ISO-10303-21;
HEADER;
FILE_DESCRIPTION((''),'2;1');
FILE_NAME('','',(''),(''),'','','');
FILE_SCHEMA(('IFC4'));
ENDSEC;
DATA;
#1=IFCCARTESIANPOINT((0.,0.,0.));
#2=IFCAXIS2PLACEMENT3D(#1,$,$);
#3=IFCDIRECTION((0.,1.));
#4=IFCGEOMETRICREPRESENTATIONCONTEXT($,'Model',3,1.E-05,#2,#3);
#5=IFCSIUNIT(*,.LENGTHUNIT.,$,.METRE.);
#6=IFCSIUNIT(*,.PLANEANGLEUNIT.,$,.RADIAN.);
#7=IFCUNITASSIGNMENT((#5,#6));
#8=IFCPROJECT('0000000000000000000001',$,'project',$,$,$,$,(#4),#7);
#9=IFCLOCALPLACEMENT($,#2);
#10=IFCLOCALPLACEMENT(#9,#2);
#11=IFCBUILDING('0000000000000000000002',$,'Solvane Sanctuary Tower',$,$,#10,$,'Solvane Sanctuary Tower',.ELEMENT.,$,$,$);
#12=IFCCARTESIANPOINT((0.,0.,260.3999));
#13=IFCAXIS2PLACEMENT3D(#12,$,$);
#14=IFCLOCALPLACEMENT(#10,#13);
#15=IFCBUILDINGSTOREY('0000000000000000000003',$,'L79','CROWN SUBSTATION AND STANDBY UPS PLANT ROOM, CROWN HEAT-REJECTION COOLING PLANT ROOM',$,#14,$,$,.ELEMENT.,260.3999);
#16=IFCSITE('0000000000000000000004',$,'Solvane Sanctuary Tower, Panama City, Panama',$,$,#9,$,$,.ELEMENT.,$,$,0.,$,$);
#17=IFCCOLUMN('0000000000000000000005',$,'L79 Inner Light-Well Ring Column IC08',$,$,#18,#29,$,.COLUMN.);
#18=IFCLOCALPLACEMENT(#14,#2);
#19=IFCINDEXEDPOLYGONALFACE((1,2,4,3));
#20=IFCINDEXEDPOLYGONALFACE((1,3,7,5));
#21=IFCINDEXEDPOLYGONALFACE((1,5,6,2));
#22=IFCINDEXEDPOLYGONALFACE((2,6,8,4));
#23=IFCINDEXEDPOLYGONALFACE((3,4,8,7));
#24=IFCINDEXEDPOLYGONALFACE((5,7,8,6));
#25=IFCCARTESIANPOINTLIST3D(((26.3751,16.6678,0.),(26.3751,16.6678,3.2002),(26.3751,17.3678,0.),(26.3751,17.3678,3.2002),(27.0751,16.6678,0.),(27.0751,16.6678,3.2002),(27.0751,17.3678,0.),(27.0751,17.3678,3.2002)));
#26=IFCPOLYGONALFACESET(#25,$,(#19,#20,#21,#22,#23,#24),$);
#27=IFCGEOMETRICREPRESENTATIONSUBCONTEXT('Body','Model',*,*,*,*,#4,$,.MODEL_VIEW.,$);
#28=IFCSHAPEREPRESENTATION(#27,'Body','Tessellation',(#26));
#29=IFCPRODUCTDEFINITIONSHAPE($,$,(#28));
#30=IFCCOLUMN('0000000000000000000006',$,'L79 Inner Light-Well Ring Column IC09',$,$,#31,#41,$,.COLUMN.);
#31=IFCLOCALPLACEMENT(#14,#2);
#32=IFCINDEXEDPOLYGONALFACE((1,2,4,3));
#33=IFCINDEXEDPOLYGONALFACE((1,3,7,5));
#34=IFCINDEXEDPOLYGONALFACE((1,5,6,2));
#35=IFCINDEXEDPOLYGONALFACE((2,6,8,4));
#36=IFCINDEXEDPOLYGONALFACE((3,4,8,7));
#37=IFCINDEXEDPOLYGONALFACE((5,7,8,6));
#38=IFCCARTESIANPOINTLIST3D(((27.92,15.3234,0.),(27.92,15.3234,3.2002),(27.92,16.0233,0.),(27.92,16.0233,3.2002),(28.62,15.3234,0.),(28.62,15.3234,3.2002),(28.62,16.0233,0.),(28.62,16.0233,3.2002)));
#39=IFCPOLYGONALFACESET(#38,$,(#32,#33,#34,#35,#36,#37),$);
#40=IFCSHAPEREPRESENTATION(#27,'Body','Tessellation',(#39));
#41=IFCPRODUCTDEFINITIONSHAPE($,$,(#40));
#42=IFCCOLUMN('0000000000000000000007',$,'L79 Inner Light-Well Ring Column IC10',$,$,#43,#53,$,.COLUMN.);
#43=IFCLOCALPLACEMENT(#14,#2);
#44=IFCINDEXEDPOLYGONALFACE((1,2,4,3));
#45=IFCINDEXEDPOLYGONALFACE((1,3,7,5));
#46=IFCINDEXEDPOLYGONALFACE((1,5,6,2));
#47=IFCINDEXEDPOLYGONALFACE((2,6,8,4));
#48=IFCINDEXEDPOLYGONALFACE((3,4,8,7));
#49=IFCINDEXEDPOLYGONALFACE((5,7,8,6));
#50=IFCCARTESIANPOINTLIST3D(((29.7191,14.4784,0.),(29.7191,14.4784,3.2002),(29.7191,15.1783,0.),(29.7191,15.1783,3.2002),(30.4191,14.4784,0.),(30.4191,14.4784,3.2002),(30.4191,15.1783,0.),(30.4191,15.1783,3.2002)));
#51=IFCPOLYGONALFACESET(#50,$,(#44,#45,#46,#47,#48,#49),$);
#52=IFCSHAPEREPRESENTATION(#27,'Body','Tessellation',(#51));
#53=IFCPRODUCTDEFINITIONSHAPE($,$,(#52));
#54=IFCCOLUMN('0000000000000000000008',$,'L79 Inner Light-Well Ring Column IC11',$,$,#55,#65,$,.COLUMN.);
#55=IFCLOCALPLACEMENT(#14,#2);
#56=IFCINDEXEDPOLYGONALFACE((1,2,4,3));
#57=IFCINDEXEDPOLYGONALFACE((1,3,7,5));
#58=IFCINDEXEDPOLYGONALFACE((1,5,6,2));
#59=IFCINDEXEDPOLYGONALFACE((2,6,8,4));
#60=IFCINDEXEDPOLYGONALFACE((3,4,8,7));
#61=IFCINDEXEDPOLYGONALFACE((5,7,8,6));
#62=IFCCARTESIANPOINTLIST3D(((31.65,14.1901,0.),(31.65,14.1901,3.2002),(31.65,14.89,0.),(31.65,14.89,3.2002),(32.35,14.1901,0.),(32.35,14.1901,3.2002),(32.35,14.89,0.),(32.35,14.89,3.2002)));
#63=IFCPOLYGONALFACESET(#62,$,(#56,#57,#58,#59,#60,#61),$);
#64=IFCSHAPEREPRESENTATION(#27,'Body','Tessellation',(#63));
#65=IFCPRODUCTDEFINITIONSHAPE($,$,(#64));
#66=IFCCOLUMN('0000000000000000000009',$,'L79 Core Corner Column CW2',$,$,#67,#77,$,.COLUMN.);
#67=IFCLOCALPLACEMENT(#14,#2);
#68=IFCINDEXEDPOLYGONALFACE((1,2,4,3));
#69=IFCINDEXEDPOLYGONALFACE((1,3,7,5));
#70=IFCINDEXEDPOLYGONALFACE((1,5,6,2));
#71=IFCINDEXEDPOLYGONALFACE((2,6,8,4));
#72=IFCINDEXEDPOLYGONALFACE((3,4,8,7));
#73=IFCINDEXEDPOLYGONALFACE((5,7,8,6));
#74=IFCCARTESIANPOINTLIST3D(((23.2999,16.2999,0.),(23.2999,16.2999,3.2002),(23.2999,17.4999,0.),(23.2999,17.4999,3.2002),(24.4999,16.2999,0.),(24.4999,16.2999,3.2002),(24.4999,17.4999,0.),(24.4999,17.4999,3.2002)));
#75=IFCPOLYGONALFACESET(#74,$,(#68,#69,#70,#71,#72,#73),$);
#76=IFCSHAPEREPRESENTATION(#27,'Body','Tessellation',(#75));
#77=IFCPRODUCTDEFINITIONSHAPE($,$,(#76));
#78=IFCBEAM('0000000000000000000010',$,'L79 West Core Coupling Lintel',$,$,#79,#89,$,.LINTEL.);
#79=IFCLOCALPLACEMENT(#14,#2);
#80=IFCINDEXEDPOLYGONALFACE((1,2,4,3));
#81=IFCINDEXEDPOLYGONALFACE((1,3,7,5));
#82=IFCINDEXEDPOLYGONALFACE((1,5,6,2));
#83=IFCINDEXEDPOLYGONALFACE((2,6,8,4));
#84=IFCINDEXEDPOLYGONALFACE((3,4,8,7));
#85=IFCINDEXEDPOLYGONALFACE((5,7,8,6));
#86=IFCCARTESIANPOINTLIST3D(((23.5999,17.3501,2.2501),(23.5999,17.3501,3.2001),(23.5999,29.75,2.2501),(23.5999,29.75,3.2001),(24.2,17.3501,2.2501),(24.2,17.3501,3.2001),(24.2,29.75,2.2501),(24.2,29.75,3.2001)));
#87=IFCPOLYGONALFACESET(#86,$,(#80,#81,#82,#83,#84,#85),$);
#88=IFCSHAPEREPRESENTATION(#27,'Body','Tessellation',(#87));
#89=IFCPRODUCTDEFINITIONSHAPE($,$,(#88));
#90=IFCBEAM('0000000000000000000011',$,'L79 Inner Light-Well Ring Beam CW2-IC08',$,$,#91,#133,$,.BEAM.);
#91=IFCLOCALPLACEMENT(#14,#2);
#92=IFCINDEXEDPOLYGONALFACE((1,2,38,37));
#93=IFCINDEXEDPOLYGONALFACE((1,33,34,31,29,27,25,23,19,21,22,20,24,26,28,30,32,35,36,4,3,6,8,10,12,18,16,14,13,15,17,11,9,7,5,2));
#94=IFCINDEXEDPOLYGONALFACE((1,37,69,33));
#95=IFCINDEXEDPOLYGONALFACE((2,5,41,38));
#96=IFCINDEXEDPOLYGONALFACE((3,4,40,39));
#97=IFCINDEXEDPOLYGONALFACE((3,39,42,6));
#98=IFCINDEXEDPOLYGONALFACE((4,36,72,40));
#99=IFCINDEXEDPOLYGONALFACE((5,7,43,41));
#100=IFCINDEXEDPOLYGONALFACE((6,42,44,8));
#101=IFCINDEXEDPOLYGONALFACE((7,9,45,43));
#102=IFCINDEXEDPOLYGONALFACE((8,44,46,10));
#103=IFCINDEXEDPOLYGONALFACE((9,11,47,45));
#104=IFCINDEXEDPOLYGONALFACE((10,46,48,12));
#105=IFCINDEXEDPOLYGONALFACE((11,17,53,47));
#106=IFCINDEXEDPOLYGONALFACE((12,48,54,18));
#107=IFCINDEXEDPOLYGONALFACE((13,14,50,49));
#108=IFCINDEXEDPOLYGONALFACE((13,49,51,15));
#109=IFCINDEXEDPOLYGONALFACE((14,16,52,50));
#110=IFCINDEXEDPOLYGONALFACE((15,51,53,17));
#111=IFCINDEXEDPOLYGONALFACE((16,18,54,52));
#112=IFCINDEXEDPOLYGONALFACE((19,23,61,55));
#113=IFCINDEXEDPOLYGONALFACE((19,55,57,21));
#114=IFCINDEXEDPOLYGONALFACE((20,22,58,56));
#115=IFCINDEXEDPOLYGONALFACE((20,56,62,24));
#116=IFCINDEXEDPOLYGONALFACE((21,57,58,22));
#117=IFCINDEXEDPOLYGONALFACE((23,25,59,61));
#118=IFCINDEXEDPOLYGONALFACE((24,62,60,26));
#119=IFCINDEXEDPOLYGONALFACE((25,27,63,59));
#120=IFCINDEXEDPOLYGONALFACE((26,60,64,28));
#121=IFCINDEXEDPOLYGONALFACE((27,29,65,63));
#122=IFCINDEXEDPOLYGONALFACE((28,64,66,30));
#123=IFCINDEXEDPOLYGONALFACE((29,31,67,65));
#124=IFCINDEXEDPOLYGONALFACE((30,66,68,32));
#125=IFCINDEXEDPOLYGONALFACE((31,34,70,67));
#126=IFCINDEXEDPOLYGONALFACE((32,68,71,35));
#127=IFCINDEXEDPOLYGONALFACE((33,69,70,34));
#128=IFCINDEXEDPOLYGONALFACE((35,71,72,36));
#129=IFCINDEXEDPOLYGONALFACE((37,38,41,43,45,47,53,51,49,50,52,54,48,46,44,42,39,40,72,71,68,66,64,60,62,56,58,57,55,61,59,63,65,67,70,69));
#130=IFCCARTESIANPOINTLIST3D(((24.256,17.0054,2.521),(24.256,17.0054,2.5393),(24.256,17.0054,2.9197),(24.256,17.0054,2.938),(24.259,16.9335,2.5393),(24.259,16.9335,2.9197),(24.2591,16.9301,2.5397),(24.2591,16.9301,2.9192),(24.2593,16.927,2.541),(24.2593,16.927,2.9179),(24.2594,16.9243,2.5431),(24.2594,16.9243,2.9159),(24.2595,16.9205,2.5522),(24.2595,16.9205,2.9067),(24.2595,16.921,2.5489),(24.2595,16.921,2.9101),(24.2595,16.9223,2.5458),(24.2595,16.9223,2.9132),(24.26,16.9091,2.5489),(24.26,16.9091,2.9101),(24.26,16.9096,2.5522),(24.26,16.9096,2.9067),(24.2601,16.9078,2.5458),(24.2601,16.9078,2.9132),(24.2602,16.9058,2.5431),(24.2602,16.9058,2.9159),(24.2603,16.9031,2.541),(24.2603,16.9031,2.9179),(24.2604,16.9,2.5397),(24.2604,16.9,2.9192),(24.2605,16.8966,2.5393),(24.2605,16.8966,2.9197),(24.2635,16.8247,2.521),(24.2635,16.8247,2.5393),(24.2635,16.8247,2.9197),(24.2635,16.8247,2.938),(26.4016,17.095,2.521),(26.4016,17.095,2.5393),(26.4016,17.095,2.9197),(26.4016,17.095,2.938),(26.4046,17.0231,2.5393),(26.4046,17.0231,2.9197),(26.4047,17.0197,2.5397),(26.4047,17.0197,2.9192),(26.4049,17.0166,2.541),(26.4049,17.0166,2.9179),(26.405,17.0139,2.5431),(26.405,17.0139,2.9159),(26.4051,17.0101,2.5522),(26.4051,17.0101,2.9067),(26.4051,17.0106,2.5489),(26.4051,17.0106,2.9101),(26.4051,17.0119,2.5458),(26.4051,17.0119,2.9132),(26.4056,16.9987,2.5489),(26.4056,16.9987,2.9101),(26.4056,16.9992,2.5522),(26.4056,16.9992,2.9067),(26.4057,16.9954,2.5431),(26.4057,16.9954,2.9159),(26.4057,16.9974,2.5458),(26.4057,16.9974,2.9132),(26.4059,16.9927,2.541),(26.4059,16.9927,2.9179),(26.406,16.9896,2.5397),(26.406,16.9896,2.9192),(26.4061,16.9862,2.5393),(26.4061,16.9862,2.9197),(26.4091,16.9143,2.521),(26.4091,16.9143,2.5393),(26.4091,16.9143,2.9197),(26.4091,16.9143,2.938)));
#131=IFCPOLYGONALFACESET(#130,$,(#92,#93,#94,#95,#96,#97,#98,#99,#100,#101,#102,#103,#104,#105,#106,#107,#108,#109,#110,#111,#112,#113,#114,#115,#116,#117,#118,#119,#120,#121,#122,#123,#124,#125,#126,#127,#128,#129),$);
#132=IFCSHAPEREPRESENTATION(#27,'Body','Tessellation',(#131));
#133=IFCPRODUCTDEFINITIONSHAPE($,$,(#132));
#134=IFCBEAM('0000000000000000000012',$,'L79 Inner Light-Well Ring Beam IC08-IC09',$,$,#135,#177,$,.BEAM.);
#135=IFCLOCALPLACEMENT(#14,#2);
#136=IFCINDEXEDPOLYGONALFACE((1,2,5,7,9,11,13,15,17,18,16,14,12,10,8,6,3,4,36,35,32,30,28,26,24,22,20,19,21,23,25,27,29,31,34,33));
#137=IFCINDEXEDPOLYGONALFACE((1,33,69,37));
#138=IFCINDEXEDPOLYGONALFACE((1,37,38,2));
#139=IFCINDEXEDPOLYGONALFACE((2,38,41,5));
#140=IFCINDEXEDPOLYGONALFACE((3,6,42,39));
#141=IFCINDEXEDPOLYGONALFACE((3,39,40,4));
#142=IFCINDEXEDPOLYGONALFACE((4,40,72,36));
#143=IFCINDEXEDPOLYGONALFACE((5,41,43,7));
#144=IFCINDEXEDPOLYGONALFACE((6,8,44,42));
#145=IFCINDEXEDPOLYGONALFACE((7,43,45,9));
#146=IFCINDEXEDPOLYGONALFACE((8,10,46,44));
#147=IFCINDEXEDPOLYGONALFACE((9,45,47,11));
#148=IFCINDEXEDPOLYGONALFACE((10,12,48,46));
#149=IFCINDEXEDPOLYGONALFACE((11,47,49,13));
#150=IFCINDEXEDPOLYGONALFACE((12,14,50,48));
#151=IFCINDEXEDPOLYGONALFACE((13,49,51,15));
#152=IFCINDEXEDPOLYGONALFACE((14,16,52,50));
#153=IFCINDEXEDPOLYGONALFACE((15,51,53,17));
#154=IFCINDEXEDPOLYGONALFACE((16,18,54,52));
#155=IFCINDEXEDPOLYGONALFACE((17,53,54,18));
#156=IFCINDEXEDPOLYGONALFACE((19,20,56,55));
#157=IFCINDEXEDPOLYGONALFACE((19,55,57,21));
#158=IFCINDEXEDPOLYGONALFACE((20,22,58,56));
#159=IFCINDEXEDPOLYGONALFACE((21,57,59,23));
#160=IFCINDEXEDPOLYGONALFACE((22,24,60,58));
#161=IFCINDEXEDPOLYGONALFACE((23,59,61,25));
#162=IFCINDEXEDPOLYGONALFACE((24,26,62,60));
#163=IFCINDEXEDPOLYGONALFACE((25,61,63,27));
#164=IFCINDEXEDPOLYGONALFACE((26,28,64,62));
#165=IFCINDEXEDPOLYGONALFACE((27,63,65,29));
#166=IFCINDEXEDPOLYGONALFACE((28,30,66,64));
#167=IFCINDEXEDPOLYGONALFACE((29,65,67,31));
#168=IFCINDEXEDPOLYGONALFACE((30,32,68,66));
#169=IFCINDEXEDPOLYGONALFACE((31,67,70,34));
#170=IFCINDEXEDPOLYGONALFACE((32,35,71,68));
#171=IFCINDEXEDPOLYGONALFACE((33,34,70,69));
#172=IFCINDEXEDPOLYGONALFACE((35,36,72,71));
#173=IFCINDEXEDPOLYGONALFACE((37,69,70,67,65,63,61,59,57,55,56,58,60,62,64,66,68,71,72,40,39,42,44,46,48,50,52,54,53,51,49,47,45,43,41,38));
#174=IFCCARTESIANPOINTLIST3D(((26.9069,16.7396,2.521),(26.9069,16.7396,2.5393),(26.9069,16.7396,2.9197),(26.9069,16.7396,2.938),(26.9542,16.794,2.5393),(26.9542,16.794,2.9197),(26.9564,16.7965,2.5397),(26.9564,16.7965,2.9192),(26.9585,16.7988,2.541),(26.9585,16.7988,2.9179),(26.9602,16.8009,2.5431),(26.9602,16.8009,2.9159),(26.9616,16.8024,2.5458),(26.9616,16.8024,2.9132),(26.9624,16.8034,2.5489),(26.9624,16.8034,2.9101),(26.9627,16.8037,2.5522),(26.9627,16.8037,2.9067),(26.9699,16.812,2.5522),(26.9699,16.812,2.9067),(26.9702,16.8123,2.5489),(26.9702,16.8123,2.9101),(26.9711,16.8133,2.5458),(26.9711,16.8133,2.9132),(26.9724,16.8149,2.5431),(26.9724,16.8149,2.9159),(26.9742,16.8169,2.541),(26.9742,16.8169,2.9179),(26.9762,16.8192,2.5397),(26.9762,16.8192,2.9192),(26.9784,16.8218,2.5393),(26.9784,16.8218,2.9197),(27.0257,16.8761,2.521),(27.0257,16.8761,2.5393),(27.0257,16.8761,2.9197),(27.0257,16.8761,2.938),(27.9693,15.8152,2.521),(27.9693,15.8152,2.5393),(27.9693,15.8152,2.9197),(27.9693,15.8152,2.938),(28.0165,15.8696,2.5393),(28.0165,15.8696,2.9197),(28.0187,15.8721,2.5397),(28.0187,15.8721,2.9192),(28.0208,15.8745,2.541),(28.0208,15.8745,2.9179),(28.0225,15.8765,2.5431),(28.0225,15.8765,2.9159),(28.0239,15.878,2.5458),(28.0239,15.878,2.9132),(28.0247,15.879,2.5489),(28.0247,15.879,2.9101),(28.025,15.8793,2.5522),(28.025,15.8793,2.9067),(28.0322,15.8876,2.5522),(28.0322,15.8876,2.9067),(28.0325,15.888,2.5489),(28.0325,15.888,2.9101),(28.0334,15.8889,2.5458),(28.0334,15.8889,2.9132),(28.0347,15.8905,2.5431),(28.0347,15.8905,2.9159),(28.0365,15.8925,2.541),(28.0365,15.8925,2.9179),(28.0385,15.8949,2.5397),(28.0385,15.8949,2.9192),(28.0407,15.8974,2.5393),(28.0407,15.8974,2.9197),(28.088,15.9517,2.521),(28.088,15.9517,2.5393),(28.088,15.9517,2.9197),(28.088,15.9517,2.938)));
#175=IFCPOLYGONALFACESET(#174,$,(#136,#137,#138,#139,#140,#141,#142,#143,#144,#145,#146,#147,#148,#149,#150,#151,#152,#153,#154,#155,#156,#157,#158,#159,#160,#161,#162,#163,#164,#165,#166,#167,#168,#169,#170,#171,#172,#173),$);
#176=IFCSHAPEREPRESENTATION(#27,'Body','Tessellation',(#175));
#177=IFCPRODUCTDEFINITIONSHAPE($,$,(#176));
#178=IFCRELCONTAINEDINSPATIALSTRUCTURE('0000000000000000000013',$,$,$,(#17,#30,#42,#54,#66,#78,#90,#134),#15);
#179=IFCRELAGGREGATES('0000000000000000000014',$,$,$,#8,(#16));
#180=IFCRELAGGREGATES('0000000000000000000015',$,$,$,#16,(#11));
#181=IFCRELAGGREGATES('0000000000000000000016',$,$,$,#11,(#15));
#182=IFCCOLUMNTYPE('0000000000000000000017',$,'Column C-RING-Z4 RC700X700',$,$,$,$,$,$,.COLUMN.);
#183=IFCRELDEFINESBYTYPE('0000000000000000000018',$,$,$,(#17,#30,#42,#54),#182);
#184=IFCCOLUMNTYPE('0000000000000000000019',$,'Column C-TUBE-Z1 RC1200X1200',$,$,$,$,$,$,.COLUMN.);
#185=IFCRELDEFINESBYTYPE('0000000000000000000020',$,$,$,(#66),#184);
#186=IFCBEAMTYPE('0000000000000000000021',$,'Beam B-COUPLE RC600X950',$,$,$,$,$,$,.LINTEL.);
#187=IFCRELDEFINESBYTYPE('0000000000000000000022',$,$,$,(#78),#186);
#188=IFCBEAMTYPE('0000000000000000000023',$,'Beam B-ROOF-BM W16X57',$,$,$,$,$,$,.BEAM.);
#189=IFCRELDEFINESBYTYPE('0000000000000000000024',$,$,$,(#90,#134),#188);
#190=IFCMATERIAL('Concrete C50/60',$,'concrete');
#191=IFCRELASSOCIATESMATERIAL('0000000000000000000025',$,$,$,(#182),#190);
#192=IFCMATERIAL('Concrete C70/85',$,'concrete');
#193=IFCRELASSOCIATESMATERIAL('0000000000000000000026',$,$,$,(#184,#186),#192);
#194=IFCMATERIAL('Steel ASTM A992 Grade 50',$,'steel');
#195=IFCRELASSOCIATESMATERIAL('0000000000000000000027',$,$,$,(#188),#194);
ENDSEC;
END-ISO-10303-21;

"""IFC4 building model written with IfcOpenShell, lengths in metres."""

from ifc_helpers import new_model, si_unit, direction, frame, origin, origin_2d, place, context, subcontext, project, spatial, rectangle, i_section, extrude, material, material_profile, profile_set, type_object, element, save


model = new_model("IFC4")

# Units and contexts
model_context = context("Model", 3, precision=1e-05, world=origin(), true_north=direction((0.0, 1.0)))
body_context = subcontext(model_context, "Body", "Model", "MODEL_VIEW")
ifc_project = project(units=[si_unit("LENGTHUNIT", "METRE"), si_unit("PLANEANGLEUNIT", "RADIAN")], contexts=[model_context])

# Site, building, storey
site_placement = place(None, origin())
site = spatial("IfcSite", under=ifc_project, at=site_placement, Name="Solvane Sanctuary Tower, Panama City, Panama", CompositionType="ELEMENT", RefElevation=0.0)
building_placement = place(site_placement, origin())
building = spatial("IfcBuilding", under=site, at=building_placement, Name="Solvane Sanctuary Tower", LongName="Solvane Sanctuary Tower", CompositionType="ELEMENT")
storey_placement = place(building_placement, frame((0.0, 0.0, 260.3999)))
storey = spatial("IfcBuildingStorey", under=building, at=storey_placement, Name="L79", Description="CROWN SUBSTATION AND STANDBY UPS PLANT ROOM, CROWN HEAT-REJECTION COOLING PLANT ROOM", CompositionType="ELEMENT", Elevation=260.3999)

# Columns
ifc_material_1 = material(Name="Concrete C50/60", Category="concrete")
ifc_material_profile_1 = material_profile(ifc_material_1, rectangle(XDim=0.7, YDim=0.7, at=origin_2d()), Name="RC700X700")
ifc_profile_set_1 = profile_set([ifc_material_profile_1], Name="Concrete C50/60")
column_type_1 = type_object("IfcColumnType", Name="Column C-RING-Z4 RC700X700", PredefinedType="COLUMN", material=ifc_profile_set_1)
for number, where, z_axis, x_axis, name in (
    (1, (26.7251, 17.0178, 0.0), (0.0, 0.0, 1.0), (1.0, 0.0, 0.0), "L79 Inner Light-Well Ring Column IC08"),
    (2, (28.27, 15.6733, 0.0), (0.0, 0.0, 1.0), (1.0, 0.0, 0.0), "L79 Inner Light-Well Ring Column IC09"),
    (3, (30.0691, 14.8284, 0.0), (0.0, 0.0, 1.0), (1.0, 0.0, 0.0), "L79 Inner Light-Well Ring Column IC10"),
    (4, (32.0, 14.54, 0.0), (0.0, 0.0, 1.0), (1.0, 0.0, 0.0), "L79 Inner Light-Well Ring Column IC11"),
):
    element("IfcColumn", number, at=place(storey_placement, frame(where, z_axis=z_axis, x_axis=x_axis)), inside=storey, type_object=column_type_1, Name=name, PredefinedType="COLUMN", context=body_context, shape_type="SweptSolid", body=[
        extrude(rectangle(XDim=0.7, YDim=0.7, at=origin_2d()), origin(), (0.0, 0.0, 1.0), 3.2002),
    ])
ifc_material_2 = material(Name="Concrete C70/85", Category="concrete")
ifc_material_profile_2 = material_profile(ifc_material_2, rectangle(XDim=1.2, YDim=1.2, at=origin_2d()), Name="RC1200X1200")
ifc_profile_set_2 = profile_set([ifc_material_profile_2], Name="Concrete C70/85")
column_type_2 = type_object("IfcColumnType", Name="Column C-TUBE-Z1 RC1200X1200", PredefinedType="COLUMN", material=ifc_profile_set_2)
column_placement = place(storey_placement, frame((23.8999, 16.8999, 0.0), z_axis=(0.0, 0.0, 1.0), x_axis=(1.0, 0.0, 0.0)))
element("IfcColumn", 5, at=column_placement, inside=storey, type_object=column_type_2, Name="L79 Core Corner Column CW2", PredefinedType="COLUMN", context=body_context, shape_type="SweptSolid", body=[
    extrude(rectangle(XDim=1.2, YDim=1.2, at=origin_2d()), origin(), (0.0, 0.0, 1.0), 3.2002),
])

# Beams
ifc_material_profile_3 = material_profile(ifc_material_2, rectangle(XDim=0.6001, YDim=0.95, at=origin_2d()), Name="RC600X950")
ifc_profile_set_3 = profile_set([ifc_material_profile_3], Name="Concrete C70/85")
beam_type_1 = type_object("IfcBeamType", Name="Beam B-COUPLE RC600X950", PredefinedType="LINTEL", material=ifc_profile_set_3)
beam_1_placement = place(storey_placement, frame((23.8999, 17.3501, 2.7251), z_axis=(0.0, 1.0, 0.0), x_axis=(-1.0, 0.0, 0.0)))
element("IfcBeam", 6, at=beam_1_placement, inside=storey, type_object=beam_type_1, Name="L79 West Core Coupling Lintel", PredefinedType="LINTEL", context=body_context, shape_type="SweptSolid", body=[
    extrude(rectangle(XDim=0.6001, YDim=0.95, at=origin_2d()), origin(), (0.0, 0.0, 1.0), 12.3999),
])
ifc_material_3 = material(Name="Steel ASTM A992 Grade 50", Category="steel")
ifc_material_profile_4 = material_profile(ifc_material_3, i_section(OverallWidth=0.1809, OverallDepth=0.417, WebThickness=0.011, FlangeThickness=0.0183, FilletRadius=0.0129, at=origin_2d()), Name="W16X57")
ifc_profile_set_4 = profile_set([ifc_material_profile_4], Name="Steel ASTM A992 Grade 50")
beam_type_2 = type_object("IfcBeamType", Name="Beam B-ROOF-BM W16X57", PredefinedType="BEAM", material=ifc_profile_set_4)
beam_2_placement = place(storey_placement, frame((24.2598, 16.915, 2.7295), z_axis=(0.999129, 0.041725, 0.0), x_axis=(-0.041725, 0.999129, 0.0)))
element("IfcBeam", 7, at=beam_2_placement, inside=storey, type_object=beam_type_2, Name="L79 Inner Light-Well Ring Beam CW2-IC08", PredefinedType="BEAM", context=body_context, shape_type="SweptSolid", body=[
    extrude(i_section(OverallWidth=0.1809, OverallDepth=0.417, WebThickness=0.011, FlangeThickness=0.0183, FilletRadius=0.0129, at=origin_2d()), origin(), (0.0, 0.0, 1.0), 2.1475),
])
beam_3_placement = place(storey_placement, frame((26.9663, 16.8079, 2.7295), z_axis=(0.754389, -0.656428, 0.0), x_axis=(0.656428, 0.754389, 0.0)))
element("IfcBeam", 8, at=beam_3_placement, inside=storey, type_object=beam_type_2, Name="L79 Inner Light-Well Ring Beam IC08-IC09", PredefinedType="BEAM", context=body_context, shape_type="SweptSolid", body=[
    extrude(i_section(OverallWidth=0.1809, OverallDepth=0.417, WebThickness=0.011, FlangeThickness=0.0183, FilletRadius=0.0129, at=origin_2d()), origin(), (0.0, 0.0, 1.0), 1.4082),
])

save(model, "model.ifc")
